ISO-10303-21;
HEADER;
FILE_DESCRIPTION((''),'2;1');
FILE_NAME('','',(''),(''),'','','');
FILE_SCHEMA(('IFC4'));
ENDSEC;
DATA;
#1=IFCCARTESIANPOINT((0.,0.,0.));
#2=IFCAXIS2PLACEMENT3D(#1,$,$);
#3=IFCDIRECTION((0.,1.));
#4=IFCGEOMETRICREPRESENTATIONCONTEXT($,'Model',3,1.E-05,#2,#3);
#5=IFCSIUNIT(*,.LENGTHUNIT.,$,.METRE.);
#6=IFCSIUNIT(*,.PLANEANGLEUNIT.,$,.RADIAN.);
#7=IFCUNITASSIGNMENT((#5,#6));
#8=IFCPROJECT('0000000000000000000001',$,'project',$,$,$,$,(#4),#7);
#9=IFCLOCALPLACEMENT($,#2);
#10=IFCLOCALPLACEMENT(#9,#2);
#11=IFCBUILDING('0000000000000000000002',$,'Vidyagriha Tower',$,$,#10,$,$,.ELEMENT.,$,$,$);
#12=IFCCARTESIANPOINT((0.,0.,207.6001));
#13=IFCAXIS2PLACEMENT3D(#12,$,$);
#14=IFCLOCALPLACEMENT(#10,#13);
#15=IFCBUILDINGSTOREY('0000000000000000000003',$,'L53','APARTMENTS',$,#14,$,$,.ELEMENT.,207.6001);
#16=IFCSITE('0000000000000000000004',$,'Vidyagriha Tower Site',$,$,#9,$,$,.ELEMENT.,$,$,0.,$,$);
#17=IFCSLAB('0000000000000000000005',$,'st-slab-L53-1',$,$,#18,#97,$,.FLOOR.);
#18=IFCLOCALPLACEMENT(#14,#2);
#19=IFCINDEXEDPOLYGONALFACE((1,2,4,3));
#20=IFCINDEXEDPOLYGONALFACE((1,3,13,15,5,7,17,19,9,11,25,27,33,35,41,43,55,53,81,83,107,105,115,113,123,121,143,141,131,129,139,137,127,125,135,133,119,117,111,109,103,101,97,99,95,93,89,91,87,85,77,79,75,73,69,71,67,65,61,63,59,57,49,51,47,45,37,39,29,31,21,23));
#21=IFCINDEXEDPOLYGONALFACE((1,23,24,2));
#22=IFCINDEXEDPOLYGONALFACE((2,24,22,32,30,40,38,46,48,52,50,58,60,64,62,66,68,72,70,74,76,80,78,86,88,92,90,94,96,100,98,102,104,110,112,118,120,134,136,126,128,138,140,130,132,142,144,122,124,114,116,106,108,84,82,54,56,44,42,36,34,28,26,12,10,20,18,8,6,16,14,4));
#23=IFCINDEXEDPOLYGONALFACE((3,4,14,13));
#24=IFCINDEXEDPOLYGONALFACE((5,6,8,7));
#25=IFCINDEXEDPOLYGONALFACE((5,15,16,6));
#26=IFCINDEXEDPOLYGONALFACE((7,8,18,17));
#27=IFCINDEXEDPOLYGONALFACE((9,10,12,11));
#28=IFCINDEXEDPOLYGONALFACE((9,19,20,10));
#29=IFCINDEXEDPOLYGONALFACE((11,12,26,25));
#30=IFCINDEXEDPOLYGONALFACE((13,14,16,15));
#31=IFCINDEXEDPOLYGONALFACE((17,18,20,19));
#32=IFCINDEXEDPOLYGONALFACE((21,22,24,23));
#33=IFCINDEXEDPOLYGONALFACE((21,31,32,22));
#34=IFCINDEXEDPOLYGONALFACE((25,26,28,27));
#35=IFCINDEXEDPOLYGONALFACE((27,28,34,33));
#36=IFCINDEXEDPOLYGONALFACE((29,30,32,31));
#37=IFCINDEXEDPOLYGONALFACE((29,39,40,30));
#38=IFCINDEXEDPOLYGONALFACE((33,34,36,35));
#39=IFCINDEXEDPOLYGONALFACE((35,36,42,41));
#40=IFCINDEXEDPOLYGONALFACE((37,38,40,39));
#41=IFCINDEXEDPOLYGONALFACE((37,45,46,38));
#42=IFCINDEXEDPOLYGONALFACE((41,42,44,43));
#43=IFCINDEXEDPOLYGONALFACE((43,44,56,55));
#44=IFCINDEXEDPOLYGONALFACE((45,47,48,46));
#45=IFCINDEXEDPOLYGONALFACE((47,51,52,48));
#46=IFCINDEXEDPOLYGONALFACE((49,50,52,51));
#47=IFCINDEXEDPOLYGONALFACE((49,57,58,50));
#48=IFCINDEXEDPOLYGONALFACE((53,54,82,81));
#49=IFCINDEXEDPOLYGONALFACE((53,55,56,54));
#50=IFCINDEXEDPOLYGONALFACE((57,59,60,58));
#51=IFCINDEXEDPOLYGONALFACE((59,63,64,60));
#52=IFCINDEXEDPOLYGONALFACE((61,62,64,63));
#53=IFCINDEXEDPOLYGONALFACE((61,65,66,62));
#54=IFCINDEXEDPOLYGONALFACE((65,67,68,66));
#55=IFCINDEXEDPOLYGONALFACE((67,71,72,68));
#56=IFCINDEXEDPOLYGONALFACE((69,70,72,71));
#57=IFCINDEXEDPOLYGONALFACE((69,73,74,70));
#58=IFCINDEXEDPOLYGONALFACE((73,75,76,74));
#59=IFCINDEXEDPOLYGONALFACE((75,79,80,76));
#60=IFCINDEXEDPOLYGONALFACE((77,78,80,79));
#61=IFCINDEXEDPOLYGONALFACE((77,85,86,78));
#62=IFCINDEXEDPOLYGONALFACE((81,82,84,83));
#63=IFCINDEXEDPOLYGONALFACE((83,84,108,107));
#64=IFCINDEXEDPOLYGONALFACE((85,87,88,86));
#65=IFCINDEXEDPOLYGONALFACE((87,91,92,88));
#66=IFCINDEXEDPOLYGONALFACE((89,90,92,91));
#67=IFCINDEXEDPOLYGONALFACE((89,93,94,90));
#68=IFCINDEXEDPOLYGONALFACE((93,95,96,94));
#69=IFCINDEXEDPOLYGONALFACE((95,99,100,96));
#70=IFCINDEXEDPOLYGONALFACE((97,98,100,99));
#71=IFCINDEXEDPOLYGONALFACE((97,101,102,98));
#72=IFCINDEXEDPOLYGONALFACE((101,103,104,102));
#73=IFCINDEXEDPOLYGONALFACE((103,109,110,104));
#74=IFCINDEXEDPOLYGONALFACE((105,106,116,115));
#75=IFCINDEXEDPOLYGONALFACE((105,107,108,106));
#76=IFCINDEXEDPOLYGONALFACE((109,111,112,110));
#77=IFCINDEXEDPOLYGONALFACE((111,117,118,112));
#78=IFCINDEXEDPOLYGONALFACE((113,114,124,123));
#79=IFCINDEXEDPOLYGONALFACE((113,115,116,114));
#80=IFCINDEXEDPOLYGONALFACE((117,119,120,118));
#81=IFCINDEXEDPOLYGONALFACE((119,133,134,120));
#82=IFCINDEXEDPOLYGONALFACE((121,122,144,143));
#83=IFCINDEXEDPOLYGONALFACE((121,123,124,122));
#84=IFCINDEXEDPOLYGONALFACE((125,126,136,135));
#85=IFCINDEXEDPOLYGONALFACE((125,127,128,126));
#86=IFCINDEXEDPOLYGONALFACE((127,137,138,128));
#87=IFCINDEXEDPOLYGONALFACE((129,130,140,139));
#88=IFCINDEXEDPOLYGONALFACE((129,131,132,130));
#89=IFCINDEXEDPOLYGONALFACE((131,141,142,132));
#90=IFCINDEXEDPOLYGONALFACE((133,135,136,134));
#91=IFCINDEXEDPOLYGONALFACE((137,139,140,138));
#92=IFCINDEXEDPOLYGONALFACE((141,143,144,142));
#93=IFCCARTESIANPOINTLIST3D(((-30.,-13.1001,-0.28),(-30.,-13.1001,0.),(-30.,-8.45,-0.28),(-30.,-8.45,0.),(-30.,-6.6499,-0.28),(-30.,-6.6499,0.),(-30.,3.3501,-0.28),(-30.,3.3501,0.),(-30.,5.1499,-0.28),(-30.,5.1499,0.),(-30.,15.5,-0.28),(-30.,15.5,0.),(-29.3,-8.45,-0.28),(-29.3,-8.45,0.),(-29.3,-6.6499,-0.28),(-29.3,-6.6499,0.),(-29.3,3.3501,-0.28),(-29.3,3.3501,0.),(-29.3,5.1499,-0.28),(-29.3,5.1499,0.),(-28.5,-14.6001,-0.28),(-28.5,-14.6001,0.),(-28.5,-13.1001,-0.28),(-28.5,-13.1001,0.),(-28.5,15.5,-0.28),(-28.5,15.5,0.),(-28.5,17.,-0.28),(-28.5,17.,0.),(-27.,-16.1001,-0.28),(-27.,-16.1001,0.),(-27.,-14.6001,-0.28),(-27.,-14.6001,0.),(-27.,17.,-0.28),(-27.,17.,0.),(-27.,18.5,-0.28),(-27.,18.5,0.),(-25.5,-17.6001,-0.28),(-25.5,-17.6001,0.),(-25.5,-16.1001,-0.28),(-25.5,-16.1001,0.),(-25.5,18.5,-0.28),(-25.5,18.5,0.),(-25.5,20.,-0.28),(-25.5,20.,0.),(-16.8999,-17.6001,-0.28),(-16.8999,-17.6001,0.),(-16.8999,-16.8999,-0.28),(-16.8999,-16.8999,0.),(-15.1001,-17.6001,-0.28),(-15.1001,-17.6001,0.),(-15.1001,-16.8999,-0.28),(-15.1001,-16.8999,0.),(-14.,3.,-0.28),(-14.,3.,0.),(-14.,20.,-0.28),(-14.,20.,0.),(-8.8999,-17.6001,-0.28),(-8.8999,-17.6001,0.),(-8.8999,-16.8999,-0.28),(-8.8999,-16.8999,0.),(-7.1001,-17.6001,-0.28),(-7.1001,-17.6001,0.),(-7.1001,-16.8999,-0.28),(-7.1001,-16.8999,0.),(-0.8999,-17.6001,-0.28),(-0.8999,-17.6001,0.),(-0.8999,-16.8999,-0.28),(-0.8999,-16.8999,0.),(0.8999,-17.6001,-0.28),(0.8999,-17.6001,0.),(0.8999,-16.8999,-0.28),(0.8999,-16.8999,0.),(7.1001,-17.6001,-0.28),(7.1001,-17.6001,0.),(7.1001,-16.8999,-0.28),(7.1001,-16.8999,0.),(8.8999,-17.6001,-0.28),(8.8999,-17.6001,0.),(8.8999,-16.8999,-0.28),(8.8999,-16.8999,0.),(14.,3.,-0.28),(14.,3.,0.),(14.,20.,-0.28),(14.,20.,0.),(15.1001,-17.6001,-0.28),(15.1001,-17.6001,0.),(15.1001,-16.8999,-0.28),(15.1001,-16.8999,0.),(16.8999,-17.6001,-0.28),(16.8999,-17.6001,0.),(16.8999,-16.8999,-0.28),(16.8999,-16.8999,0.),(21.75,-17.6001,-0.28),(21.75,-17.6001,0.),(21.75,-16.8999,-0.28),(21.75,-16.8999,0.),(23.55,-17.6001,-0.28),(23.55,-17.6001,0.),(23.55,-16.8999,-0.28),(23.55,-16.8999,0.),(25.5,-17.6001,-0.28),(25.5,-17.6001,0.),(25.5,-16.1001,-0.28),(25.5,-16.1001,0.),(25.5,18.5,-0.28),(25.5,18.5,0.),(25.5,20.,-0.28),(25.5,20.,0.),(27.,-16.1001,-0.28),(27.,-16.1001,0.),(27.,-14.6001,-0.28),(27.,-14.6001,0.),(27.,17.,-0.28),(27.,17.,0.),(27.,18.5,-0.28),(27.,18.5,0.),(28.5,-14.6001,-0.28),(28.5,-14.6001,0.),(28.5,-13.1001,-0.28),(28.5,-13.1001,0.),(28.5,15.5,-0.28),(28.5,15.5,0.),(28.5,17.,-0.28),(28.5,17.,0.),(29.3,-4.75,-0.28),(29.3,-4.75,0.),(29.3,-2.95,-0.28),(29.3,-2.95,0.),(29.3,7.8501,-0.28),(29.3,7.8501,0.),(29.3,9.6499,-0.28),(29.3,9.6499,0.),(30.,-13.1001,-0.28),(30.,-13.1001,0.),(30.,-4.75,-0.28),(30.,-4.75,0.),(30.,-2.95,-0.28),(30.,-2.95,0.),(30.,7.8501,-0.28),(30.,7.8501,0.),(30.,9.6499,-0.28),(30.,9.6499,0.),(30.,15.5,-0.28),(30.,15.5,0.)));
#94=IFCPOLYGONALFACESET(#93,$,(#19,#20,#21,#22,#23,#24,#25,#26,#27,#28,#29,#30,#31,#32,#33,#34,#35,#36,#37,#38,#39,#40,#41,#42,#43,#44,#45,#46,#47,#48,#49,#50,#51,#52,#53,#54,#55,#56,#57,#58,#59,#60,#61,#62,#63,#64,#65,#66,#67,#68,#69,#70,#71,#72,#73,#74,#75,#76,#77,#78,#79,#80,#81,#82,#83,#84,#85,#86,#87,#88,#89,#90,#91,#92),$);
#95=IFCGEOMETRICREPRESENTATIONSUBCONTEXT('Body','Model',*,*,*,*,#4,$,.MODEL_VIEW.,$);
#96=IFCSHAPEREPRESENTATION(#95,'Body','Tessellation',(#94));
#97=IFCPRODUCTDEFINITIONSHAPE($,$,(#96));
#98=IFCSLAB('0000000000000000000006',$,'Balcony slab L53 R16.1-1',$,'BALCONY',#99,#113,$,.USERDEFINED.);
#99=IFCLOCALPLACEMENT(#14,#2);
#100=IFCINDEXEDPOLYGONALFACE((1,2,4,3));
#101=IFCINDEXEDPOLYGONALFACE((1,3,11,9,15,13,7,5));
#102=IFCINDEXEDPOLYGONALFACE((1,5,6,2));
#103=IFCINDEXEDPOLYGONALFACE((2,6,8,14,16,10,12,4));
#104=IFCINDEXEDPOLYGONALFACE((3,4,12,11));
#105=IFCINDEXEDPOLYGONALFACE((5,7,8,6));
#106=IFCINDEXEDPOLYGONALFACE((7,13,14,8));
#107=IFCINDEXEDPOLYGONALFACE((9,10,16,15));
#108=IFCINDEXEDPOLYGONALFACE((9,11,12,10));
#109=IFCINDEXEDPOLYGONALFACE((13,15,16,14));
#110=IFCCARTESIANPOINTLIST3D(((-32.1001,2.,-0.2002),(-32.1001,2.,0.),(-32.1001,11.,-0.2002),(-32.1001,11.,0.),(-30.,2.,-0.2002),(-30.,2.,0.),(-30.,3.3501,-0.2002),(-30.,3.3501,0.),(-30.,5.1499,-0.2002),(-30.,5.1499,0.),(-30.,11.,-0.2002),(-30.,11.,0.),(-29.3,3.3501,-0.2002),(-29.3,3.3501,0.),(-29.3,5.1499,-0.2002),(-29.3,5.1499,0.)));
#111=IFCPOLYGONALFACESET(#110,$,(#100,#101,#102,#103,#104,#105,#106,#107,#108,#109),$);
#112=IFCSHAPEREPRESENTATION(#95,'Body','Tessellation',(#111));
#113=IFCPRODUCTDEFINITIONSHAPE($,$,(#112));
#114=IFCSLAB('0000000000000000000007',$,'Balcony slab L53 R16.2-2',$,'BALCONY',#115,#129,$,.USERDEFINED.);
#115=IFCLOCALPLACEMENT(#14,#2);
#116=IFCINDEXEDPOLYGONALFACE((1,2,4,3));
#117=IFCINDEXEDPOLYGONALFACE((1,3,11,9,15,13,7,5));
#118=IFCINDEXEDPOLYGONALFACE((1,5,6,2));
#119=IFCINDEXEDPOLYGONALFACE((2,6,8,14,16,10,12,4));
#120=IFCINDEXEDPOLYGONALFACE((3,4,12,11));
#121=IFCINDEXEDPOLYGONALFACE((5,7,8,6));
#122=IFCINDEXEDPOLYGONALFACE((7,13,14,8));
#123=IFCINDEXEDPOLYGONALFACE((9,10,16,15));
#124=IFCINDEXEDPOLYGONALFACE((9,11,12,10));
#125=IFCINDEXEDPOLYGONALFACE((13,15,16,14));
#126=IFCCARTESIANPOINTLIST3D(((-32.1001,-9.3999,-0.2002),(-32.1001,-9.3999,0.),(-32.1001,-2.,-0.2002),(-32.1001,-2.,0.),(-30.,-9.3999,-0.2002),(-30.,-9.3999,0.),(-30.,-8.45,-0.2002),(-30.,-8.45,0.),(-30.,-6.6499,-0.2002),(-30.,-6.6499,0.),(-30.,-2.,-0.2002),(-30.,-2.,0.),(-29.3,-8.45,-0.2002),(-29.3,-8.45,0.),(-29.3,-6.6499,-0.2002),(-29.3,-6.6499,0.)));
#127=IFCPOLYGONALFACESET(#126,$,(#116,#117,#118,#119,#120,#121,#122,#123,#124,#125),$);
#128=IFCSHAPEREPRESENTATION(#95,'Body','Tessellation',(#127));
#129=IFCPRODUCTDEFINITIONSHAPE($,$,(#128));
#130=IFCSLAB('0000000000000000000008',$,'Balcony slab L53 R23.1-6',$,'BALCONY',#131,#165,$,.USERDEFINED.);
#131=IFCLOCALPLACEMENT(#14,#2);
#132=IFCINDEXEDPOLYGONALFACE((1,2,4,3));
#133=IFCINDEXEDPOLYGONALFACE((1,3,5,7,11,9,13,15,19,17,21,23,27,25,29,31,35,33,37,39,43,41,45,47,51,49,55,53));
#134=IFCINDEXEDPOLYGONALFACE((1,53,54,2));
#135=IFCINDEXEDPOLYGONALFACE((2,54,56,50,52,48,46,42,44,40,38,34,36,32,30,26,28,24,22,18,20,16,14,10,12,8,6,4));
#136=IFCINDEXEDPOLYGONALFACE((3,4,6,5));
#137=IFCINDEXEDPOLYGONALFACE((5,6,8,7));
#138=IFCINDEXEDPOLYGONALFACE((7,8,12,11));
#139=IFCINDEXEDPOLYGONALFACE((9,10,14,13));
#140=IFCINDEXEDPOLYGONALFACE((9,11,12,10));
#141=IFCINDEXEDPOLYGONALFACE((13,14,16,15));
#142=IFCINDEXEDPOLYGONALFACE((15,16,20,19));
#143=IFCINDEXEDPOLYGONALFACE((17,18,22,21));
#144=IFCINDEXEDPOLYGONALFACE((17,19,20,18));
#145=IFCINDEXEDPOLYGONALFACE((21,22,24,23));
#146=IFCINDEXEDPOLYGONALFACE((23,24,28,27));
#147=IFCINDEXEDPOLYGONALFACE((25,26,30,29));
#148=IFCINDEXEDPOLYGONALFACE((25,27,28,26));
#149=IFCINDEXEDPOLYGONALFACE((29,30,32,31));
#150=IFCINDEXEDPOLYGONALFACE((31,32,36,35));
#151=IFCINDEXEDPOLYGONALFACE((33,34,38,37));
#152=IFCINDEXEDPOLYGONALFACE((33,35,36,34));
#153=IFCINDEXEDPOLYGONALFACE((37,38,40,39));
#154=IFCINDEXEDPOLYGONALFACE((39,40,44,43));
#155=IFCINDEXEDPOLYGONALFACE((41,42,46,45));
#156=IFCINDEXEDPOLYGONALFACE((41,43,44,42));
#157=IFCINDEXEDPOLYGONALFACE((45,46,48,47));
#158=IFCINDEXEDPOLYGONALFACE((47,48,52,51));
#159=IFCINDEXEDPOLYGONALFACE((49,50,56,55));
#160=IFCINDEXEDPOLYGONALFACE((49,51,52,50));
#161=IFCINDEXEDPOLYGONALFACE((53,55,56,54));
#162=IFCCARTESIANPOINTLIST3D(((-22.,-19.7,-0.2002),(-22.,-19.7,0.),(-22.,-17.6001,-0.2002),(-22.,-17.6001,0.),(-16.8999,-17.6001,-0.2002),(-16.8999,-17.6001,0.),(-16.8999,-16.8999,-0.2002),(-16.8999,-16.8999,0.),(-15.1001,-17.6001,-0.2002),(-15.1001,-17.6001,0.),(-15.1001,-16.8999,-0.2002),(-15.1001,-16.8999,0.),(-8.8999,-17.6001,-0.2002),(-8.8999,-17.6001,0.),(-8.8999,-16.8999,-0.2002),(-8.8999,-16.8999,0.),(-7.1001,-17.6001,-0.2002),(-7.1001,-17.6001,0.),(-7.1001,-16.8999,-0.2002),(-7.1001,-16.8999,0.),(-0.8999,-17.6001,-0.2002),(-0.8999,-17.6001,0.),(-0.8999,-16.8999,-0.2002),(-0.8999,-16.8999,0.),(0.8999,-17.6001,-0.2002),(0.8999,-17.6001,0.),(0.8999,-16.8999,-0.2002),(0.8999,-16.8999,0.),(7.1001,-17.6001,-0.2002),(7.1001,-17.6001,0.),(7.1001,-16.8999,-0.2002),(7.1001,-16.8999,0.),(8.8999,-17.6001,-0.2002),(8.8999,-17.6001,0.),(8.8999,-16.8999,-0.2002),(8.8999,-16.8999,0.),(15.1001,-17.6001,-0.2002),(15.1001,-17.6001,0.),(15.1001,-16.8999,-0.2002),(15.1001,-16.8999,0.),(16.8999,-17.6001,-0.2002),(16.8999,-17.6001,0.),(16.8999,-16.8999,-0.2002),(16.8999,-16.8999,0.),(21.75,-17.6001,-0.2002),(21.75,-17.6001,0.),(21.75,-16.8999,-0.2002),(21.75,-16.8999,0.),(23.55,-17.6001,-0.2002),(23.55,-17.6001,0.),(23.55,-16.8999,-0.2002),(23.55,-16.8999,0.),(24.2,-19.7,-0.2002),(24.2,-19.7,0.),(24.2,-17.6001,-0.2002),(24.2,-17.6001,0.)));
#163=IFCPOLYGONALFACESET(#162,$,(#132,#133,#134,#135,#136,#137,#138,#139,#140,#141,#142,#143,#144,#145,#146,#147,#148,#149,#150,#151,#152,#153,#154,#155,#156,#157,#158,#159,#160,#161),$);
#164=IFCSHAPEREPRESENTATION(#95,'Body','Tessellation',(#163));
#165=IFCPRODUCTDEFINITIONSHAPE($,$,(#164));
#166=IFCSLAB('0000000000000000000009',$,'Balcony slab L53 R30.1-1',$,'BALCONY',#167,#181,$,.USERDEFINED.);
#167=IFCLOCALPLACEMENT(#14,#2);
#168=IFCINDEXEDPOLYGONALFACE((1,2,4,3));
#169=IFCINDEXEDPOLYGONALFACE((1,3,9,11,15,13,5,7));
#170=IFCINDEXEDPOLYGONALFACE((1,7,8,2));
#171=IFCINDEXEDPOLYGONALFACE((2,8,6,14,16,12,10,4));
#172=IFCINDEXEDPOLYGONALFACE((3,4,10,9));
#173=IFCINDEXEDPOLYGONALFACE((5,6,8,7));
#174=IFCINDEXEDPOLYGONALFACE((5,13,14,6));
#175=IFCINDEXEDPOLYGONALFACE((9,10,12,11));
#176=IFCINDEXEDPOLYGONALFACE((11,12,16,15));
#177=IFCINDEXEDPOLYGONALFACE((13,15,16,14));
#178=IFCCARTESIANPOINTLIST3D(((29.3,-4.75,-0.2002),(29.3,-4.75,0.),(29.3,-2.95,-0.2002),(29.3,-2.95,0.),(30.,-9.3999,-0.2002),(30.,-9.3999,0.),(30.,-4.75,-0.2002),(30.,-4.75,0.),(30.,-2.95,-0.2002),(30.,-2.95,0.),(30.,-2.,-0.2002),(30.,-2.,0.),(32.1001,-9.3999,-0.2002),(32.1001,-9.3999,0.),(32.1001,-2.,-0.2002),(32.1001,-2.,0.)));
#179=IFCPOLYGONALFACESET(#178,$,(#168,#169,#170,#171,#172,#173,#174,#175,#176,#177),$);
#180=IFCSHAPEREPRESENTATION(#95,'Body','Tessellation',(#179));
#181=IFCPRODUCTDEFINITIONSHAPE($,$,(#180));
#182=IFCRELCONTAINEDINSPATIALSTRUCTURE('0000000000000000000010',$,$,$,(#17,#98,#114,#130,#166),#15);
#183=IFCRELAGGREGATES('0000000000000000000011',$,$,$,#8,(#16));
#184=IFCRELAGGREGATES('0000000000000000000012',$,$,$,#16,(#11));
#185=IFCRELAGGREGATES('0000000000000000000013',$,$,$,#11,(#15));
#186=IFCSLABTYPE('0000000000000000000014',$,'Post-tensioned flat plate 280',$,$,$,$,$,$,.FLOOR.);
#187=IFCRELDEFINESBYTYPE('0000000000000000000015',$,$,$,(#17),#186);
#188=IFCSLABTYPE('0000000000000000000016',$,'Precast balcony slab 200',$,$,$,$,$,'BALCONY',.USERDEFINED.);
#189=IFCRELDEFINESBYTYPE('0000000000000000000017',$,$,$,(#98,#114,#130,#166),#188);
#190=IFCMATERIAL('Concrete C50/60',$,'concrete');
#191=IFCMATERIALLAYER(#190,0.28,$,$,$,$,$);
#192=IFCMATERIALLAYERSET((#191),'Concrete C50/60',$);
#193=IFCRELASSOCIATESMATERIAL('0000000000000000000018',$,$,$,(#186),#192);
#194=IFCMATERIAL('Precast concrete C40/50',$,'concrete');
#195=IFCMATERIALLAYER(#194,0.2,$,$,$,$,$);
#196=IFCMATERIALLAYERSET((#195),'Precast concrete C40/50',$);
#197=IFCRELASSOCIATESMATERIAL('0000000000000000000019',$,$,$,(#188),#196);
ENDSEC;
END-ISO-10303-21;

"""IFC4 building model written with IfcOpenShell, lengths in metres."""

from ifc_helpers import new_model, si_unit, direction, frame, origin, place, context, subcontext, project, spatial, polyline, outline, extrude, material, layer, layer_set, type_object, element, save


model = new_model("IFC4")

# Units and contexts
model_context = context("Model", 3, precision=1e-05, world=origin(), true_north=direction((0.0, 1.0)))
body_context = subcontext(model_context, "Body", "Model", "MODEL_VIEW")
ifc_project = project(units=[si_unit("LENGTHUNIT", "METRE"), si_unit("PLANEANGLEUNIT", "RADIAN")], contexts=[model_context])

# Site, building, storey
site_placement = place(None, origin())
site = spatial("IfcSite", under=ifc_project, at=site_placement, Name="Vidyagriha Tower Site", CompositionType="ELEMENT", RefElevation=0.0)
building_placement = place(site_placement, origin())
building = spatial("IfcBuilding", under=site, at=building_placement, Name="Vidyagriha Tower", CompositionType="ELEMENT")
storey_placement = place(building_placement, frame((0.0, 0.0, 207.6001)))
storey = spatial("IfcBuildingStorey", under=building, at=storey_placement, Name="L53", Description="APARTMENTS", CompositionType="ELEMENT", Elevation=207.6001)

# Slabs
ifc_material_1 = material(Name="Concrete C50/60", Category="concrete")
ifc_layer_1 = layer(ifc_material_1, 0.28)
ifc_layer_set_1 = layer_set([ifc_layer_1], Name="Concrete C50/60")
slab_type_1 = type_object("IfcSlabType", Name="Post-tensioned flat plate 280", PredefinedType="FLOOR", material=ifc_layer_set_1)
slab_1_placement = place(storey_placement, frame((0.0, 0.0, -0.28)))
element("IfcSlab", 1, at=slab_1_placement, inside=storey, type_object=slab_type_1, Name="st-slab-L53-1", PredefinedType="FLOOR", context=body_context, shape_type="SweptSolid", body=[
    extrude(outline(polyline([(28.5, -14.6001), (27.0, -14.6001), (27.0, -16.1001), (25.5, -16.1001), (25.5, -17.6001), (23.55, -17.6001), (23.55, -16.8999), (21.75, -16.8999), (21.75, -17.6001), (16.8999, -17.6001), (16.8999, -16.8999), (15.1001, -16.8999), (15.1001, -17.6001), (8.8999, -17.6001), (8.8999, -16.8999), (7.1001, -16.8999), (7.1001, -17.6001), (0.8999, -17.6001), (0.8999, -16.8999), (-0.8999, -16.8999), (-0.8999, -17.6001), (-7.1001, -17.6001), (-7.1001, -16.8999), (-8.8999, -16.8999), (-8.8999, -17.6001), (-15.1001, -17.6001), (-15.1001, -16.8999), (-16.8999, -16.8999), (-16.8999, -17.6001), (-25.5, -17.6001), (-25.5, -16.1001), (-27.0, -16.1001), (-27.0, -14.6001), (-28.5, -14.6001), (-28.5, -13.1001), (-30.0, -13.1001), (-30.0, -8.45), (-29.3, -8.45), (-29.3, -6.6499), (-30.0, -6.6499), (-30.0, 3.3501), (-29.3, 3.3501), (-29.3, 5.1499), (-30.0, 5.1499), (-30.0, 15.5), (-28.5, 15.5), (-28.5, 17.0), (-27.0, 17.0), (-27.0, 18.5), (-25.5, 18.5), (-25.5, 20.0), (-14.0, 20.0), (-14.0, 3.0), (14.0, 3.0), (14.0, 20.0), (25.5, 20.0), (25.5, 18.5), (27.0, 18.5), (27.0, 17.0), (28.5, 17.0), (28.5, 15.5), (30.0, 15.5), (30.0, 9.6499), (29.3, 9.6499), (29.3, 7.8501), (30.0, 7.8501), (30.0, -2.95), (29.3, -2.95), (29.3, -4.75), (30.0, -4.75), (30.0, -13.1001), (28.5, -13.1001), (28.5, -14.6001)])), origin(), (0.0, 0.0, 1.0), 0.28),
])
ifc_material_2 = material(Name="Precast concrete C40/50", Category="concrete")
ifc_layer_2 = layer(ifc_material_2, 0.2)
ifc_layer_set_2 = layer_set([ifc_layer_2], Name="Precast concrete C40/50")
slab_type_2 = type_object("IfcSlabType", Name="Precast balcony slab 200", ElementType="BALCONY", PredefinedType="USERDEFINED", material=ifc_layer_set_2)
slab_2_placement = place(storey_placement, frame((0.0, 0.0, -0.2002)))
element("IfcSlab", 2, at=slab_2_placement, inside=storey, type_object=slab_type_2, Name="Balcony slab L53 R16.1-1", ObjectType="BALCONY", PredefinedType="USERDEFINED", context=body_context, shape_type="SweptSolid", body=[
    extrude(outline(polyline([(-29.3, 3.3501), (-29.3, 5.1499), (-30.0, 5.1499), (-30.0, 11.0), (-32.1001, 11.0), (-32.1001, 2.0), (-30.0, 2.0), (-30.0, 3.3501), (-29.3, 3.3501)])), origin(), (0.0, 0.0, 1.0), 0.2002),
])
slab_3_placement = place(storey_placement, frame((0.0, 0.0, -0.2002)))
element("IfcSlab", 3, at=slab_3_placement, inside=storey, type_object=slab_type_2, Name="Balcony slab L53 R16.2-2", ObjectType="BALCONY", PredefinedType="USERDEFINED", context=body_context, shape_type="SweptSolid", body=[
    extrude(outline(polyline([(-29.3, -8.45), (-29.3, -6.6499), (-30.0, -6.6499), (-30.0, -2.0), (-32.1001, -2.0), (-32.1001, -9.3999), (-30.0, -9.3999), (-30.0, -8.45), (-29.3, -8.45)])), origin(), (0.0, 0.0, 1.0), 0.2002),
])
slab_4_placement = place(storey_placement, frame((0.0, 0.0, -0.2002)))
element("IfcSlab", 4, at=slab_4_placement, inside=storey, type_object=slab_type_2, Name="Balcony slab L53 R23.1-6", ObjectType="BALCONY", PredefinedType="USERDEFINED", context=body_context, shape_type="SweptSolid", body=[
    extrude(outline(polyline([(-16.8999, -16.8999), (-16.8999, -17.6001), (-22.0, -17.6001), (-22.0, -19.7), (24.2, -19.7), (24.2, -17.6001), (23.55, -17.6001), (23.55, -16.8999), (21.75, -16.8999), (21.75, -17.6001), (16.8999, -17.6001), (16.8999, -16.8999), (15.1001, -16.8999), (15.1001, -17.6001), (8.8999, -17.6001), (8.8999, -16.8999), (7.1001, -16.8999), (7.1001, -17.6001), (0.8999, -17.6001), (0.8999, -16.8999), (-0.8999, -16.8999), (-0.8999, -17.6001), (-7.1001, -17.6001), (-7.1001, -16.8999), (-8.8999, -16.8999), (-8.8999, -17.6001), (-15.1001, -17.6001), (-15.1001, -16.8999), (-16.8999, -16.8999)])), origin(), (0.0, 0.0, 1.0), 0.2002),
])
slab_5_placement = place(storey_placement, frame((0.0, 0.0, -0.2002)))
element("IfcSlab", 5, at=slab_5_placement, inside=storey, type_object=slab_type_2, Name="Balcony slab L53 R30.1-1", ObjectType="BALCONY", PredefinedType="USERDEFINED", context=body_context, shape_type="SweptSolid", body=[
    extrude(outline(polyline([(30.0, -4.75), (30.0, -9.3999), (32.1001, -9.3999), (32.1001, -2.0), (30.0, -2.0), (30.0, -2.95), (29.3, -2.95), (29.3, -4.75), (30.0, -4.75)])), origin(), (0.0, 0.0, 1.0), 0.2002),
])

save(model, "model.ifc")
